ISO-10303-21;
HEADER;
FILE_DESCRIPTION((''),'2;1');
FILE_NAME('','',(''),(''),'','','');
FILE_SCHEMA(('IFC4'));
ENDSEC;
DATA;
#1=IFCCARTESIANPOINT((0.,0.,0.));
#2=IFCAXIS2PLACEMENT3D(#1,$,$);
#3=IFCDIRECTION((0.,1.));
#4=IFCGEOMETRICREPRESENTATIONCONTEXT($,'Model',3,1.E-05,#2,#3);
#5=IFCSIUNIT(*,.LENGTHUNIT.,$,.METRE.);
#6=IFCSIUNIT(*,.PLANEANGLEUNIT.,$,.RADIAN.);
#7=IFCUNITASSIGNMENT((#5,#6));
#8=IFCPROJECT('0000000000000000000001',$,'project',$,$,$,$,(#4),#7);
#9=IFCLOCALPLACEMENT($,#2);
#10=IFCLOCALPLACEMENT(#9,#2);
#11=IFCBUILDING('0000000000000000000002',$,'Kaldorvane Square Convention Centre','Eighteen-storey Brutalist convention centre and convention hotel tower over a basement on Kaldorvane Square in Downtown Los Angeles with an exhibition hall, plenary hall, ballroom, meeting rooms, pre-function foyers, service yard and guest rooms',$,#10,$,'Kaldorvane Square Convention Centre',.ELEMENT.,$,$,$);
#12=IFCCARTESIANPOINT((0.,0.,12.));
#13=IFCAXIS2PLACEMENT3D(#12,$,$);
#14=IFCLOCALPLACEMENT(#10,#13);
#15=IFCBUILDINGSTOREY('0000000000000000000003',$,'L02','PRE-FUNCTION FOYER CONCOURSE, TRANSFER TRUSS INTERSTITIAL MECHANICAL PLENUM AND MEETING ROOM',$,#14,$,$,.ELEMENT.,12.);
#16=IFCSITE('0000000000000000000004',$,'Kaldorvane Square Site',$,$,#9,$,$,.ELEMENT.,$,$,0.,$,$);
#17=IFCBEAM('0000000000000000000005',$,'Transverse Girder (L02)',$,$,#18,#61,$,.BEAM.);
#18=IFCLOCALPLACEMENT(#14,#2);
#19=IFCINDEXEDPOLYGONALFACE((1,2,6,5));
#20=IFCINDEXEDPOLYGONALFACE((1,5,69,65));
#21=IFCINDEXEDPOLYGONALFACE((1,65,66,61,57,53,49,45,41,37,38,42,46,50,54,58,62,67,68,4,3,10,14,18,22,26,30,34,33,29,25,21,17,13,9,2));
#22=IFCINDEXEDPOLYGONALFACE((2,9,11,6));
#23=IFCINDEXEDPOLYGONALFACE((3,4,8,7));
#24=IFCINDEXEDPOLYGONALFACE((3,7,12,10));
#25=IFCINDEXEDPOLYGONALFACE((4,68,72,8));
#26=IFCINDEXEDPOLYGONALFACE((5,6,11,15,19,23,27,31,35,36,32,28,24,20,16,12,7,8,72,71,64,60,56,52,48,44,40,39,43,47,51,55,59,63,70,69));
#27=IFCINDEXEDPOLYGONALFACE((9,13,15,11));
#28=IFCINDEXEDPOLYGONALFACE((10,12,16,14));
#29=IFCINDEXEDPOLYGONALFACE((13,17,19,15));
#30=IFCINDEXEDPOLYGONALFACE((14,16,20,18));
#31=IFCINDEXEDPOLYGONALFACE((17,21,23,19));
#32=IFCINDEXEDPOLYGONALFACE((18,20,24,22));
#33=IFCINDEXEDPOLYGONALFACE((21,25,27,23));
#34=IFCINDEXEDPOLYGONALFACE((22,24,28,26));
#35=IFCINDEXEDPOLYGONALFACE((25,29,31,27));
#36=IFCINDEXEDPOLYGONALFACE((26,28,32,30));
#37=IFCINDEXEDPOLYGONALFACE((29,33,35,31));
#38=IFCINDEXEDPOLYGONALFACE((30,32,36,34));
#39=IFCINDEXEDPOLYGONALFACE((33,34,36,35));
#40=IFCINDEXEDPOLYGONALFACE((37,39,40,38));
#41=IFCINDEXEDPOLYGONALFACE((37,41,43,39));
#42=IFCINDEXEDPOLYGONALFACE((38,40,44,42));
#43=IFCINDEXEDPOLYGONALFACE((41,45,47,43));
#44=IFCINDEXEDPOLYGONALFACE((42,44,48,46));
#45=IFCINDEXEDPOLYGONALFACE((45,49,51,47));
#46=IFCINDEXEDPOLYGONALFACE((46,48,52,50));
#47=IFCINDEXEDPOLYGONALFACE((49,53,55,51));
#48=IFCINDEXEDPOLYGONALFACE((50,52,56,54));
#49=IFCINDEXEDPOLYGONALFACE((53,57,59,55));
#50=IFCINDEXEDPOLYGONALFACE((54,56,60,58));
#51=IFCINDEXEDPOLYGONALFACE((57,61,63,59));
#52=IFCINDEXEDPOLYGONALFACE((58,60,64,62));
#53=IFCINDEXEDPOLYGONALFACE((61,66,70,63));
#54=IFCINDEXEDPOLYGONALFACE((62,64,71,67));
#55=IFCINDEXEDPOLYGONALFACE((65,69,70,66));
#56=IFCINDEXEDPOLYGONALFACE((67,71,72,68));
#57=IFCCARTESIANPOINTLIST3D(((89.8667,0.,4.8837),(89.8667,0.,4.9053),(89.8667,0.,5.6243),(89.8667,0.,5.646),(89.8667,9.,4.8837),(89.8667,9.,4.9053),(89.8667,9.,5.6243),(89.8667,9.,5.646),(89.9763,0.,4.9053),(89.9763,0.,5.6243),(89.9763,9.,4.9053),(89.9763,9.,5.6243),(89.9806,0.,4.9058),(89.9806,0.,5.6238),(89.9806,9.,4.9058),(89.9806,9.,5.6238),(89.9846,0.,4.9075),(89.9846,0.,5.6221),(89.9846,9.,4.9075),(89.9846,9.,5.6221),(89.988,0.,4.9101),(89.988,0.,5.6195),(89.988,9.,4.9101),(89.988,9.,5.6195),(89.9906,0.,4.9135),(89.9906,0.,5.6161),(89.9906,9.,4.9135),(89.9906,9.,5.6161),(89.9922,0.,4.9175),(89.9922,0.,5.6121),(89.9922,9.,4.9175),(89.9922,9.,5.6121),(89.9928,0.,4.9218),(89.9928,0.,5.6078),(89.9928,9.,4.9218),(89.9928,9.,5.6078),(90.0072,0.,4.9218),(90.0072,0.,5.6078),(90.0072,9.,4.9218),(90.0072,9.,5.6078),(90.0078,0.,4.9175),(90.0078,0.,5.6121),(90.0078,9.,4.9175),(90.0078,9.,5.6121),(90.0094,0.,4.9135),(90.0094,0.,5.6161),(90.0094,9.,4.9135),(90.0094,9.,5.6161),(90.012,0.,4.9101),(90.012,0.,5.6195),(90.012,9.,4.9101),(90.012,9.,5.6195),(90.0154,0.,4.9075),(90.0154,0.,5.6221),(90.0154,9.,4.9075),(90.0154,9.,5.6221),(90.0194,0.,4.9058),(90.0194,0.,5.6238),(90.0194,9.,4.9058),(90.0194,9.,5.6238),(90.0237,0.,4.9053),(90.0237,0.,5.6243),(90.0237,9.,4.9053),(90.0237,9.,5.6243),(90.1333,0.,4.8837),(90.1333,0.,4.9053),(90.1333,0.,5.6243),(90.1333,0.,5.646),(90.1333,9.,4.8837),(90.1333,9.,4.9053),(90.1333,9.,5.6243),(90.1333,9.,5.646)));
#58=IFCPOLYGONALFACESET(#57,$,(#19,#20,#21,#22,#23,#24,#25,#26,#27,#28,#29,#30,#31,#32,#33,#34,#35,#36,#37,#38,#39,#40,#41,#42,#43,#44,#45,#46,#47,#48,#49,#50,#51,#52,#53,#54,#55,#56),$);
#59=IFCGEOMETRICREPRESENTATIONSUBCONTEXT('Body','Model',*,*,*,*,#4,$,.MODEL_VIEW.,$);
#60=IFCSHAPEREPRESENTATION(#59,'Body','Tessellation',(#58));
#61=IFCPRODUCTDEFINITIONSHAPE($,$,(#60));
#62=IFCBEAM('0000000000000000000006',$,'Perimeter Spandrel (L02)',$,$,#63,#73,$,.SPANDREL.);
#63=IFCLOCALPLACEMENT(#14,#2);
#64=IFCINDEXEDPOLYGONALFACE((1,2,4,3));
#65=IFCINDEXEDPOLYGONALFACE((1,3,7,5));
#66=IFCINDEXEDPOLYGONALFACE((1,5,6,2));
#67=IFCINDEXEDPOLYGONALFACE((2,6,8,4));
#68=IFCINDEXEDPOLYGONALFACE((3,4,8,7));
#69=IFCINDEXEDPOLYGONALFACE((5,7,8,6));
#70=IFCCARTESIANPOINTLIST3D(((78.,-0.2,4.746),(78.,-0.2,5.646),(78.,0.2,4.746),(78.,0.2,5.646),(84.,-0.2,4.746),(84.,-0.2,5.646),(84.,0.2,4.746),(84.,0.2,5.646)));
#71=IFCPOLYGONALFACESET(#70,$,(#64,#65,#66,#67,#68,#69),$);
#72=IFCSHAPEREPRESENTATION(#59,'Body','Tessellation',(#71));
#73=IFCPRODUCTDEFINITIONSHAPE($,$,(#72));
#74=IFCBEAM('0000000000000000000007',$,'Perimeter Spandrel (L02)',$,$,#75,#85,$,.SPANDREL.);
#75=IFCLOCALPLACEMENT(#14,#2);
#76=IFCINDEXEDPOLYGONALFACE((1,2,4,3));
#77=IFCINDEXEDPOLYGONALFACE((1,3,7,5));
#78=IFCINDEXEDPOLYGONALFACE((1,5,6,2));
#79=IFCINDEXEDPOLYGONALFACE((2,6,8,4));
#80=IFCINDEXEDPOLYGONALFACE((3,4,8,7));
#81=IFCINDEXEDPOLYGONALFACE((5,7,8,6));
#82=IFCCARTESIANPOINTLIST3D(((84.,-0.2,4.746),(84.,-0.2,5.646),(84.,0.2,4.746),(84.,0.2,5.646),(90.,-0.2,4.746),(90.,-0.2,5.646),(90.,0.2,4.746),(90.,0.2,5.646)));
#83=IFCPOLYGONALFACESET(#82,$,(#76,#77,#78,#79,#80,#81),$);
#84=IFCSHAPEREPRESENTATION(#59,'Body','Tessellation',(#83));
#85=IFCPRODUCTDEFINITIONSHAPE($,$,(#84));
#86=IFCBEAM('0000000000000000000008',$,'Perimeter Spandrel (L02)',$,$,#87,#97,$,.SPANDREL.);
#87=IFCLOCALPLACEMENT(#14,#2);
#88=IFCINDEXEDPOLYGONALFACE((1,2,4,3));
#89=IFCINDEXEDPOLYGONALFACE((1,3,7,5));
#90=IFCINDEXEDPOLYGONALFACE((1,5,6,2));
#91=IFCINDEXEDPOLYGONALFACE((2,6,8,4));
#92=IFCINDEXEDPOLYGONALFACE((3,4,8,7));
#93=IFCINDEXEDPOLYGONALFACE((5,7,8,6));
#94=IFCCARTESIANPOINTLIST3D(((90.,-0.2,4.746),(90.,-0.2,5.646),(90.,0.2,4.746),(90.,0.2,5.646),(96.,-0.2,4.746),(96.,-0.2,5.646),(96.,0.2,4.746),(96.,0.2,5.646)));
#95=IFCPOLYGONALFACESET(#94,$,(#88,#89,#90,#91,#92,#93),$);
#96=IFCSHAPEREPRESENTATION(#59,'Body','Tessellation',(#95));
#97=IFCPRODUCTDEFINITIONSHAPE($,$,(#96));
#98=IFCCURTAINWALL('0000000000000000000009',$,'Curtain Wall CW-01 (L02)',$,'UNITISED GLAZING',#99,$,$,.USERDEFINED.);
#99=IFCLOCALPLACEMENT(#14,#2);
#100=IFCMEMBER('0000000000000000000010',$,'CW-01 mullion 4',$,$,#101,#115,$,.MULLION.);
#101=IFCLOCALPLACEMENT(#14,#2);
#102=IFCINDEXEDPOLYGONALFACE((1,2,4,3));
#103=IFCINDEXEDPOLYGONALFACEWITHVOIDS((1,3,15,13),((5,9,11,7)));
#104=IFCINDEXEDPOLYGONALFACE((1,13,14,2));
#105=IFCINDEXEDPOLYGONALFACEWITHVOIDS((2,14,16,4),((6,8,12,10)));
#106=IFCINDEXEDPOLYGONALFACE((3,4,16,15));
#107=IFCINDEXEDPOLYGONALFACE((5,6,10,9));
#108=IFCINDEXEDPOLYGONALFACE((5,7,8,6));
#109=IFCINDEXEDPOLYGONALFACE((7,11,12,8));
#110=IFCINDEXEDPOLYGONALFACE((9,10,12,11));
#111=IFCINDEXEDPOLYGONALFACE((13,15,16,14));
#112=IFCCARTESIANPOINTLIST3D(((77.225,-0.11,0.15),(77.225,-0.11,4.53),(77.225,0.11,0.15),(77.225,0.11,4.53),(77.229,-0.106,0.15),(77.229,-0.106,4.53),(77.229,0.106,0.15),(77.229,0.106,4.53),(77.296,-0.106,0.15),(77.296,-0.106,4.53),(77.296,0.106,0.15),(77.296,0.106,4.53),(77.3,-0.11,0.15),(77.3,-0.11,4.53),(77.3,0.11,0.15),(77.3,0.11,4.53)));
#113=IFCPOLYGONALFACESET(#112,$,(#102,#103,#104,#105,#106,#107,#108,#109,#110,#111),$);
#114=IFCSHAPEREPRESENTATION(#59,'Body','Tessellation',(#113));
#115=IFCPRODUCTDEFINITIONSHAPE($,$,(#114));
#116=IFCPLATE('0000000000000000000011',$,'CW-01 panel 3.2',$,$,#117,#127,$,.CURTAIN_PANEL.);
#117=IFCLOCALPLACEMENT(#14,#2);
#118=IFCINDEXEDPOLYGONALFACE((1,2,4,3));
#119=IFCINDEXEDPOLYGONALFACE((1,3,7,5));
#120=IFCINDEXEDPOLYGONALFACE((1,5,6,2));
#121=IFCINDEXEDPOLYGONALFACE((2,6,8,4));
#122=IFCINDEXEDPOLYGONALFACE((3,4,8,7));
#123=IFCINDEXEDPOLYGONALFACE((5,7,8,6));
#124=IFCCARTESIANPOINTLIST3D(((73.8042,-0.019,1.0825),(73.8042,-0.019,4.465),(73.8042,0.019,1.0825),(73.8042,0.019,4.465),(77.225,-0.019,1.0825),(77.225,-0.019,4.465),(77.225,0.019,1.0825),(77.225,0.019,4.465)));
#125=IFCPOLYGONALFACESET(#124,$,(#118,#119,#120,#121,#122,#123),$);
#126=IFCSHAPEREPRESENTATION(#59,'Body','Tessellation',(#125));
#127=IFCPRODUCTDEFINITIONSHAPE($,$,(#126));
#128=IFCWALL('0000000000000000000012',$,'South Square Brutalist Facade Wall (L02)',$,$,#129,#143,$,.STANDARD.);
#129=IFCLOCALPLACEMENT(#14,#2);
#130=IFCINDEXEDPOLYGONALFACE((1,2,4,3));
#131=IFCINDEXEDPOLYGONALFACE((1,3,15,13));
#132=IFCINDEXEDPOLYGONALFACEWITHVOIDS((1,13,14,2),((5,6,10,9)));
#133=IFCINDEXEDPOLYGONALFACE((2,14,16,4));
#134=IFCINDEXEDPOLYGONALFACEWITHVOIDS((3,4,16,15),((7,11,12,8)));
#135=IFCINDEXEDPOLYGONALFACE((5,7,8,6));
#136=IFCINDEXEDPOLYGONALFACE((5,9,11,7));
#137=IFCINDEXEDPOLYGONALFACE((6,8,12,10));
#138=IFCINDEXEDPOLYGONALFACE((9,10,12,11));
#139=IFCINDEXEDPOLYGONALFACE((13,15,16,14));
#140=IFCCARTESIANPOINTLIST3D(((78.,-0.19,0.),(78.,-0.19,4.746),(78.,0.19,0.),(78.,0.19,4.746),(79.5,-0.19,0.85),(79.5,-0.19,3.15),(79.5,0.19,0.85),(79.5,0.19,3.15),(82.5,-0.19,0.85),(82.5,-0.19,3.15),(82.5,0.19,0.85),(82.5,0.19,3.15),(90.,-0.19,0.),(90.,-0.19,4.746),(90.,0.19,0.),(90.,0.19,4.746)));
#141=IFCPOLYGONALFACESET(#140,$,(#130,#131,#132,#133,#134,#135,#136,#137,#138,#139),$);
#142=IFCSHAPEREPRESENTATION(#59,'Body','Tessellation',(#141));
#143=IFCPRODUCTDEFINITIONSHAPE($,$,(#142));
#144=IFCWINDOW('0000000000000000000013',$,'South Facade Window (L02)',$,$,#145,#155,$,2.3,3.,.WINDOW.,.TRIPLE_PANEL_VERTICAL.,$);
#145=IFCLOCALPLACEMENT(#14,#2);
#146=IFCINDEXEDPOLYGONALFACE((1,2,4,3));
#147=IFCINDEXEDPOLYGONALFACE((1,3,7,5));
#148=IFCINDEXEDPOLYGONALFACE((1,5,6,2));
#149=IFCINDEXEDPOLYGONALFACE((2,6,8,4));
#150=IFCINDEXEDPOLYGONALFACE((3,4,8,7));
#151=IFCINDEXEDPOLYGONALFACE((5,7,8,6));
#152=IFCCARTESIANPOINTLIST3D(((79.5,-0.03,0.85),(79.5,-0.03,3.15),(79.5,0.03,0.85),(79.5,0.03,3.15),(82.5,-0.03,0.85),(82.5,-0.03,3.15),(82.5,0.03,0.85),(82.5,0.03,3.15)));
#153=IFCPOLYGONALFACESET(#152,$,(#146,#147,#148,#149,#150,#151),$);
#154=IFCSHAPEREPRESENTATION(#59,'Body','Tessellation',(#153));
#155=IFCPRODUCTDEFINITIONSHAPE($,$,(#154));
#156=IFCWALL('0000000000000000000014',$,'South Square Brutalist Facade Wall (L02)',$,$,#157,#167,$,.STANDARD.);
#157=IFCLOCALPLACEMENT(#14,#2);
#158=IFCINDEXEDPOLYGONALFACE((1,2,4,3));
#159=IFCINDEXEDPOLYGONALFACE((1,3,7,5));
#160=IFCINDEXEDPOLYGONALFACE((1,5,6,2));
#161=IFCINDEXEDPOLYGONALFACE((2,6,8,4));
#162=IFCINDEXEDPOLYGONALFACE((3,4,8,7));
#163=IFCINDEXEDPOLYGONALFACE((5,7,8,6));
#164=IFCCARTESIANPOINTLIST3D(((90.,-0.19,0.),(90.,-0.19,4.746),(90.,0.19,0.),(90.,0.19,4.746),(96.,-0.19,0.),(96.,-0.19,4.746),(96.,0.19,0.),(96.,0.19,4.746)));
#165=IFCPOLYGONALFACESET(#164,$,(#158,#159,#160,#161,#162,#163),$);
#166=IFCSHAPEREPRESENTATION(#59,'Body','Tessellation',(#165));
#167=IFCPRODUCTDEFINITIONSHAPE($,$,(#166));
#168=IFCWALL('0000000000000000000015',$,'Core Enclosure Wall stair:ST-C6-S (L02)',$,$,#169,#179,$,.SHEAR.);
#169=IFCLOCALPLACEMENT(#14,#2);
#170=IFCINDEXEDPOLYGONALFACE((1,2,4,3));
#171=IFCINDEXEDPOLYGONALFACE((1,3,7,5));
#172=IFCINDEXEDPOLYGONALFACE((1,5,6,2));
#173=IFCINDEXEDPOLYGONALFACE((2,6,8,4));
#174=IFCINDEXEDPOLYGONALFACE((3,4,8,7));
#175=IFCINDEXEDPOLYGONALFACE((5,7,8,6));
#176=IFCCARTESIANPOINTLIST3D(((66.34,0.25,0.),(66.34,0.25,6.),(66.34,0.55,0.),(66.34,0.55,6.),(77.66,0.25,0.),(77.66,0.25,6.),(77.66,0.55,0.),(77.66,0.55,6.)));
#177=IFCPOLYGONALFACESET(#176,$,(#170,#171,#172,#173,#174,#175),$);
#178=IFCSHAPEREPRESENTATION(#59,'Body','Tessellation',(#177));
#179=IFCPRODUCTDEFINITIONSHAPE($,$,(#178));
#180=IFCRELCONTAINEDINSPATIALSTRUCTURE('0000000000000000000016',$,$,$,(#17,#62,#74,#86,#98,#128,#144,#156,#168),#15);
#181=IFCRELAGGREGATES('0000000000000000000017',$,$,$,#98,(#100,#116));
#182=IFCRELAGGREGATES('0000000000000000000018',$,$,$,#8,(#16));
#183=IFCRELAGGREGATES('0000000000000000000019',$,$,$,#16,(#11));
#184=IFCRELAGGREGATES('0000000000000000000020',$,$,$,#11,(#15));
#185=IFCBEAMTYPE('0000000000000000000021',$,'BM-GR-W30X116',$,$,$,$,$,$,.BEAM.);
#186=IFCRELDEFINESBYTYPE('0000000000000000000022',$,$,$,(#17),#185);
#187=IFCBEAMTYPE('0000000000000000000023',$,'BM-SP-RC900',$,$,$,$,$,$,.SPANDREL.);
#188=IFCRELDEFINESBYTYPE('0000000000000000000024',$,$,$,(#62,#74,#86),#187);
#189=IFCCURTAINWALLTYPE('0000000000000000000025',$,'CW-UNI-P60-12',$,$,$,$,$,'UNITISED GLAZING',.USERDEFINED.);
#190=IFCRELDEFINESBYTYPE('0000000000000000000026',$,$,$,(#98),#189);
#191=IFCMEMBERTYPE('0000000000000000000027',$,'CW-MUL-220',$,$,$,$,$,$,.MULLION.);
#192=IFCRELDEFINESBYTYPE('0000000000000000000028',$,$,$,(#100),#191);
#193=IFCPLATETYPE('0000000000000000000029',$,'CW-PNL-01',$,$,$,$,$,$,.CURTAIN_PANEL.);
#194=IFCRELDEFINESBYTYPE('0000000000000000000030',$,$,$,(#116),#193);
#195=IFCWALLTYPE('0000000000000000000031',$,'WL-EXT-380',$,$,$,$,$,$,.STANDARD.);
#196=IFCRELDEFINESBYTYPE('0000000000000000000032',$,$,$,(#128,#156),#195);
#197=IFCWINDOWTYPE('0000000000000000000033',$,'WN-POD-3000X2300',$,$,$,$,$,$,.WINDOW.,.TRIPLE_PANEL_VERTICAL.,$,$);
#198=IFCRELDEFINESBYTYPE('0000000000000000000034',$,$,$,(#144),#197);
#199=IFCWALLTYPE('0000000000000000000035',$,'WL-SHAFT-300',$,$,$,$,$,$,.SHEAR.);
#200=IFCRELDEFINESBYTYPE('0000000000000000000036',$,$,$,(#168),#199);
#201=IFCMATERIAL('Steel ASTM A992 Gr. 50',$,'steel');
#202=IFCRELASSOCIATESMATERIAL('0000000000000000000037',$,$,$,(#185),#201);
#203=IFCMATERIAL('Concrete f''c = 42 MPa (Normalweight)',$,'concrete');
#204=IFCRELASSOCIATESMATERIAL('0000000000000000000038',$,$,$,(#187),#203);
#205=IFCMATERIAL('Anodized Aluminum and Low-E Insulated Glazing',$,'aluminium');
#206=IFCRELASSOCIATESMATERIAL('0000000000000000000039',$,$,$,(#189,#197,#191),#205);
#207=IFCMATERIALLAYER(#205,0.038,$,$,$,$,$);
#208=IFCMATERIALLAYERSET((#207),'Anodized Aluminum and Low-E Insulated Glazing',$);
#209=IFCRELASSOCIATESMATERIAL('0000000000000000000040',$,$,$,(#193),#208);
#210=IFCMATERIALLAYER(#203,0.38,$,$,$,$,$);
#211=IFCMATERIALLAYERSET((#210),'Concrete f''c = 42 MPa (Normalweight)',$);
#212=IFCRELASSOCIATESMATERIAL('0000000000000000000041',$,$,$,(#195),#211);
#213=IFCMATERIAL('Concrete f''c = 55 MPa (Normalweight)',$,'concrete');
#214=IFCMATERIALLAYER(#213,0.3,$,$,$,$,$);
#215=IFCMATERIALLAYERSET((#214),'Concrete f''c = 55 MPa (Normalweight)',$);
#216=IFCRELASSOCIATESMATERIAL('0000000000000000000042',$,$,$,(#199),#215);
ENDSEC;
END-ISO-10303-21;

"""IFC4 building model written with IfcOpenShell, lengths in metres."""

from ifc_helpers import new_model, si_unit, direction, frame, frame_2d, origin, origin_2d, place, context, subcontext, project, spatial, rectangle, hollow_rectangle, i_section, extrude, material, layer, layer_set, material_profile, profile_set, type_object, element, fill, aggregate, save


model = new_model("IFC4")

# Units and contexts
model_context = context("Model", 3, precision=1e-05, world=origin(), true_north=direction((0.0, 1.0)))
body_context = subcontext(model_context, "Body", "Model", "MODEL_VIEW")
ifc_project = project(units=[si_unit("LENGTHUNIT", "METRE"), si_unit("PLANEANGLEUNIT", "RADIAN")], contexts=[model_context])

# Site, building, storey
site_placement = place(None, origin())
site = spatial("IfcSite", under=ifc_project, at=site_placement, Name="Kaldorvane Square Site", CompositionType="ELEMENT", RefElevation=0.0)
building_placement = place(site_placement, origin())
building = spatial("IfcBuilding", under=site, at=building_placement, Name="Kaldorvane Square Convention Centre", Description="Eighteen-storey Brutalist convention centre and convention hotel tower over a basement on Kaldorvane Square in Downtown Los Angeles with an exhibition hall, plenary hall, ballroom, meeting rooms, pre-function foyers, service yard and guest rooms", LongName="Kaldorvane Square Convention Centre", CompositionType="ELEMENT")
storey_placement = place(building_placement, frame((0.0, 0.0, 12.0)))
storey = spatial("IfcBuildingStorey", under=building, at=storey_placement, Name="L02", Description="PRE-FUNCTION FOYER CONCOURSE, TRANSFER TRUSS INTERSTITIAL MECHANICAL PLENUM AND MEETING ROOM", CompositionType="ELEMENT", Elevation=12.0)

# Shared definitions
ifc_material_1 = material(Name="Steel ASTM A992 Gr. 50", Category="steel")
ifc_material_2 = material(Name="Concrete f'c = 55 MPa (Normalweight)", Category="concrete")

# Beams
ifc_material_profile_1 = material_profile(ifc_material_1, i_section(OverallWidth=0.2666, OverallDepth=0.7623, WebThickness=0.0144, FlangeThickness=0.0216, FilletRadius=0.0165, at=origin_2d()), Name="W30X116")
ifc_profile_set_1 = profile_set([ifc_material_profile_1], Name="Steel ASTM A992 Gr. 50")
beam_type_1 = type_object("IfcBeamType", Name="BM-GR-W30X116", PredefinedType="BEAM", material=ifc_profile_set_1)
for number, where, z_axis, x_axis, name in (
    (1, (90.0, 0.0, 5.2648), (0.0, 1.0, 0.0), (-1.0, 0.0, 0.0), "Transverse Girder (L02)"),
):
    element("IfcBeam", number, at=place(storey_placement, frame(where, z_axis=z_axis, x_axis=x_axis)), inside=storey, type_object=beam_type_1, Name=name, PredefinedType="BEAM", context=body_context, shape_type="SweptSolid", body=[
        extrude(i_section(OverallWidth=0.2666, OverallDepth=0.7623, WebThickness=0.0144, FlangeThickness=0.0216, FilletRadius=0.0165, at=origin_2d()), origin(), (0.0, 0.0, 1.0), 9.0),
    ])
ifc_material_3 = material(Name="Concrete f'c = 42 MPa (Normalweight)", Category="concrete")
ifc_material_profile_2 = material_profile(ifc_material_3, rectangle(XDim=0.4, YDim=0.9, at=origin_2d()), Name="RCSP900X400")
ifc_profile_set_2 = profile_set([ifc_material_profile_2], Name="Concrete f'c = 42 MPa (Normalweight)")
beam_type_2 = type_object("IfcBeamType", Name="BM-SP-RC900", PredefinedType="SPANDREL", material=ifc_profile_set_2)
for number, where, z_axis, x_axis, name in (
    (2, (78.0, 0.0, 5.196), (1.0, 0.0, 0.0), (0.0, 1.0, 0.0), "Perimeter Spandrel (L02)"),
    (3, (84.0, 0.0, 5.196), (1.0, 0.0, 0.0), (0.0, 1.0, 0.0), "Perimeter Spandrel (L02)"),
    (4, (90.0, 0.0, 5.196), (1.0, 0.0, 0.0), (0.0, 1.0, 0.0), "Perimeter Spandrel (L02)"),
):
    element("IfcBeam", number, at=place(storey_placement, frame(where, z_axis=z_axis, x_axis=x_axis)), inside=storey, type_object=beam_type_2, Name=name, PredefinedType="SPANDREL", context=body_context, shape_type="SweptSolid", body=[
        extrude(rectangle(XDim=0.4, YDim=0.9, at=origin_2d()), origin(), (0.0, 0.0, 1.0), 6.0),
    ])

# Curtain wall, member, plate
ifc_material_4 = material(Name="Anodized Aluminum and Low-E Insulated Glazing", Category="aluminium")
curtain_wall_type = type_object("IfcCurtainWallType", Name="CW-UNI-P60-12", ElementType="UNITISED GLAZING", PredefinedType="USERDEFINED", material=ifc_material_4)
curtain_wall_placement = place(storey_placement, origin())
curtain_wall = element("IfcCurtainWall", 5, at=curtain_wall_placement, inside=storey, type_object=curtain_wall_type, Name="Curtain Wall CW-01 (L02)", ObjectType="UNITISED GLAZING", PredefinedType="USERDEFINED")
ifc_material_profile_3 = material_profile(ifc_material_4, hollow_rectangle(XDim=0.075, YDim=0.22, WallThickness=0.004, at=origin_2d()), Name="CWM-220X75")
ifc_profile_set_3 = profile_set([ifc_material_profile_3], Name="Anodized Aluminum and Low-E Insulated Glazing")
member_type = type_object("IfcMemberType", Name="CW-MUL-220", PredefinedType="MULLION", material=ifc_profile_set_3)
member_placement = place(storey_placement, frame((77.2625, 0.0, 0.15), z_axis=(0.0, 0.0, 1.0), x_axis=(1.0, 0.0, 0.0)))
member = element("IfcMember", 6, at=member_placement, type_object=member_type, Name="CW-01 mullion 4", PredefinedType="MULLION", context=body_context, shape_type="SweptSolid", body=[
    extrude(hollow_rectangle(XDim=0.075, YDim=0.22, WallThickness=0.004, at=origin_2d()), origin(), (0.0, 0.0, 1.0), 4.38),
])
ifc_layer_1 = layer(ifc_material_4, 0.038)
ifc_layer_set_1 = layer_set([ifc_layer_1], Name="Anodized Aluminum and Low-E Insulated Glazing")
plate_type = type_object("IfcPlateType", Name="CW-PNL-01", PredefinedType="CURTAIN_PANEL", material=ifc_layer_set_1)
plate_placement = place(storey_placement, frame((75.5146, 0.0, 1.0825), z_axis=(0.0, 0.0, 1.0), x_axis=(1.0, 0.0, 0.0)))
plate = element("IfcPlate", 7, at=plate_placement, type_object=plate_type, Name="CW-01 panel 3.2", PredefinedType="CURTAIN_PANEL", context=body_context, shape_type="SweptSolid", body=[
    extrude(rectangle(XDim=3.4208, YDim=0.038, at=origin_2d()), origin(), (0.0, 0.0, 1.0), 3.3825),
])
aggregate(curtain_wall, [member, plate])

# Wall, opening, window
ifc_layer_2 = layer(ifc_material_3, 0.38)
ifc_layer_set_2 = layer_set([ifc_layer_2], Name="Concrete f'c = 42 MPa (Normalweight)")
wall_type_1 = type_object("IfcWallType", Name="WL-EXT-380", PredefinedType="STANDARD", material=ifc_layer_set_2)
wall_1_placement = place(storey_placement, frame((78.0, 0.0, 0.0), z_axis=(0.0, 0.0, 1.0), x_axis=(1.0, 0.0, 0.0)))
wall_1 = element("IfcWall", 8, at=wall_1_placement, inside=storey, type_object=wall_type_1, Name="South Square Brutalist Facade Wall (L02)", PredefinedType="STANDARD", context=body_context, shape_type="SweptSolid", body=[
    extrude(rectangle(XDim=12.0, YDim=0.38, at=frame_2d((6.0, 0.0))), origin(), (0.0, 0.0, 1.0), 4.746),
])
opening_1_placement = place(wall_1_placement, frame((1.5, 0.0, 0.85)))
opening_1 = element("IfcOpeningElement", 9, at=opening_1_placement, cuts=wall_1, PredefinedType="OPENING", context=body_context, shape_type="SweptSolid", body=[
    extrude(rectangle(XDim=3.0, YDim=2.3, at=frame_2d((1.5, 1.15))), frame((0.0, 0.205, 0.0), z_axis=(0.0, -1.0, 0.0), x_axis=(1.0, 0.0, 0.0)), (0.0, 0.0, 1.0), 0.41),
])
window_type = type_object("IfcWindowType", Name="WN-POD-3000X2300", PartitioningType="TRIPLE_PANEL_VERTICAL", PredefinedType="WINDOW", material=ifc_material_4)
window_placement = place(opening_1_placement, origin())
window = element("IfcWindow", 10, at=window_placement, inside=storey, type_object=window_type, Name="South Facade Window (L02)", OverallHeight=2.3, OverallWidth=3.0, PartitioningType="TRIPLE_PANEL_VERTICAL", PredefinedType="WINDOW", context=body_context, shape_type="SweptSolid", body=[
    extrude(rectangle(XDim=3.0, YDim=2.3, at=frame_2d((1.5, 1.15))), frame((0.0, 0.03, 0.0), z_axis=(0.0, -1.0, 0.0), x_axis=(1.0, 0.0, 0.0)), (0.0, 0.0, 1.0), 0.06),
])
fill(opening_1, window)

# Walls
wall_2_placement = place(storey_placement, frame((90.0, 0.0, 0.0), z_axis=(0.0, 0.0, 1.0), x_axis=(1.0, 0.0, 0.0)))
element("IfcWall", 11, at=wall_2_placement, inside=storey, type_object=wall_type_1, Name="South Square Brutalist Facade Wall (L02)", PredefinedType="STANDARD", context=body_context, shape_type="SweptSolid", body=[
    extrude(rectangle(XDim=6.0, YDim=0.38, at=frame_2d((3.0, 0.0))), origin(), (0.0, 0.0, 1.0), 4.746),
])
ifc_layer_3 = layer(ifc_material_2, 0.3)
ifc_layer_set_3 = layer_set([ifc_layer_3], Name="Concrete f'c = 55 MPa (Normalweight)")
wall_type_2 = type_object("IfcWallType", Name="WL-SHAFT-300", PredefinedType="SHEAR", material=ifc_layer_set_3)
wall_3_placement = place(storey_placement, frame((77.66, 0.4, 0.0), z_axis=(0.0, 0.0, 1.0), x_axis=(-1.0, 0.0, 0.0)))
element("IfcWall", 12, at=wall_3_placement, inside=storey, type_object=wall_type_2, Name="Core Enclosure Wall stair:ST-C6-S (L02)", PredefinedType="SHEAR", context=body_context, shape_type="SweptSolid", body=[
    extrude(rectangle(XDim=11.32, YDim=0.3, at=frame_2d((5.66, 0.0))), origin(), (0.0, 0.0, 1.0), 6.0),
])

save(model, "model.ifc")
